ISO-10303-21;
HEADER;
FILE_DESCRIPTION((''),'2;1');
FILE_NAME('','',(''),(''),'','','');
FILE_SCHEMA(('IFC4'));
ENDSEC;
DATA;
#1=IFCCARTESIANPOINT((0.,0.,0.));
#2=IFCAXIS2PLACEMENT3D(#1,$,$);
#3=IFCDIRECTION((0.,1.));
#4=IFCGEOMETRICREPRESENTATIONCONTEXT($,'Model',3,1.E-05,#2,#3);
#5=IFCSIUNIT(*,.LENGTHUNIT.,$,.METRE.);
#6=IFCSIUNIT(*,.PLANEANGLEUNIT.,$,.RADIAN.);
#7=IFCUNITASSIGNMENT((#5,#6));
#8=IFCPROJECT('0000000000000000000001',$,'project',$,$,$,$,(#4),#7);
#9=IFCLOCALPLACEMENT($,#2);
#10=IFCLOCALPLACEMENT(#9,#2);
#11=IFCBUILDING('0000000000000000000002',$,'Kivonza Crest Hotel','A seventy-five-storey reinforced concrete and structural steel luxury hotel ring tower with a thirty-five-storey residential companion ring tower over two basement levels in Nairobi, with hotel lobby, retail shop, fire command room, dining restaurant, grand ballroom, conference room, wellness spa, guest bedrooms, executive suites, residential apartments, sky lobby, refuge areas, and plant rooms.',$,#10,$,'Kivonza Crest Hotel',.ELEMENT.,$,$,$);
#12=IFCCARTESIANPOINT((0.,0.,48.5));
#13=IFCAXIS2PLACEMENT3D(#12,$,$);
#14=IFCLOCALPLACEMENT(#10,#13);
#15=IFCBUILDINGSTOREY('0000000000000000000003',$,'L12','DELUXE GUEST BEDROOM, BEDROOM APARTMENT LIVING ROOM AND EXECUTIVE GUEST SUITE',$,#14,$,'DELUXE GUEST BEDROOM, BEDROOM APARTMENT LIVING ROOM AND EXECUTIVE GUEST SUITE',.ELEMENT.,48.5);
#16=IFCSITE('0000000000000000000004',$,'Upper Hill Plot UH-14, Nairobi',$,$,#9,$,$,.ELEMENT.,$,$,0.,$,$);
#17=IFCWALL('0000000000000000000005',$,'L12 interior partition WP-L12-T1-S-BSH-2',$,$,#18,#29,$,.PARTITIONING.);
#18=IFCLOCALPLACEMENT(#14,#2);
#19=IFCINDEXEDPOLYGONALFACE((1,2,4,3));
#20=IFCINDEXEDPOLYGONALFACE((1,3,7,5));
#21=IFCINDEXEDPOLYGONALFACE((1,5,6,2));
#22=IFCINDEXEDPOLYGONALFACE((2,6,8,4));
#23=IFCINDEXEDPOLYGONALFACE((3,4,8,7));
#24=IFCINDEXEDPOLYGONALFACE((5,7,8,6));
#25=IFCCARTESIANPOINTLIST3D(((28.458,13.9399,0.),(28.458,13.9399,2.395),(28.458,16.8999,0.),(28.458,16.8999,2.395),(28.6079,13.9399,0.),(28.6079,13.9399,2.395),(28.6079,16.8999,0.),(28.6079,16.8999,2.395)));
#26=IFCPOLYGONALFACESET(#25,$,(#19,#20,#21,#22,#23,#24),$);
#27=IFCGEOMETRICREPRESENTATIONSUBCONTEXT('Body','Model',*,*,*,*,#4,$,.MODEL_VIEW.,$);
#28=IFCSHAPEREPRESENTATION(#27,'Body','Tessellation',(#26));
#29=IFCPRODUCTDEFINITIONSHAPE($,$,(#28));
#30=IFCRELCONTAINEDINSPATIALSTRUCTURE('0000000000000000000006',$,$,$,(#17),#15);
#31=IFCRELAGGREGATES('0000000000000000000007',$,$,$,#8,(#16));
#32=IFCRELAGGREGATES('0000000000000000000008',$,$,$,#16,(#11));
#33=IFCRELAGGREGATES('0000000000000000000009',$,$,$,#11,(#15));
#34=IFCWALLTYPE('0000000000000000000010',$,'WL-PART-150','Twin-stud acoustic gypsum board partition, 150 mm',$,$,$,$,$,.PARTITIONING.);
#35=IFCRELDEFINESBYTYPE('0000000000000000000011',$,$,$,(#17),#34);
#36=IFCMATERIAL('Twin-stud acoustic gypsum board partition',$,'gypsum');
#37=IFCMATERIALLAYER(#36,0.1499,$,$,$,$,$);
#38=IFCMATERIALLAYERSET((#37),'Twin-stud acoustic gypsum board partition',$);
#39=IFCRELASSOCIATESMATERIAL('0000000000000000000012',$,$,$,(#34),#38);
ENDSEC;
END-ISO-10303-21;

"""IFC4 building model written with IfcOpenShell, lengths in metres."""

from ifc_helpers import new_model, si_unit, direction, frame, frame_2d, origin, place, context, subcontext, project, spatial, rectangle, extrude, material, layer, layer_set, type_object, element, save


model = new_model("IFC4")

# Units and contexts
model_context = context("Model", 3, precision=1e-05, world=origin(), true_north=direction((0.0, 1.0)))
body_context = subcontext(model_context, "Body", "Model", "MODEL_VIEW")
ifc_project = project(units=[si_unit("LENGTHUNIT", "METRE"), si_unit("PLANEANGLEUNIT", "RADIAN")], contexts=[model_context])

# Site, building, storey
site_placement = place(None, origin())
site = spatial("IfcSite", under=ifc_project, at=site_placement, Name="Upper Hill Plot UH-14, Nairobi", CompositionType="ELEMENT", RefElevation=0.0)
building_placement = place(site_placement, origin())
building = spatial("IfcBuilding", under=site, at=building_placement, Name="Kivonza Crest Hotel", Description="A seventy-five-storey reinforced concrete and structural steel luxury hotel ring tower with a thirty-five-storey residential companion ring tower over two basement levels in Nairobi, with hotel lobby, retail shop, fire command room, dining restaurant, grand ballroom, conference room, wellness spa, guest bedrooms, executive suites, residential apartments, sky lobby, refuge areas, and plant rooms.", LongName="Kivonza Crest Hotel", CompositionType="ELEMENT")
storey_placement = place(building_placement, frame((0.0, 0.0, 48.5)))
storey = spatial("IfcBuildingStorey", under=building, at=storey_placement, Name="L12", Description="DELUXE GUEST BEDROOM, BEDROOM APARTMENT LIVING ROOM AND EXECUTIVE GUEST SUITE", LongName="DELUXE GUEST BEDROOM, BEDROOM APARTMENT LIVING ROOM AND EXECUTIVE GUEST SUITE", CompositionType="ELEMENT", Elevation=48.5)

# Wall
ifc_material_1 = material(Name="Twin-stud acoustic gypsum board partition", Category="gypsum")
ifc_layer_1 = layer(ifc_material_1, 0.1499)
ifc_layer_set_1 = layer_set([ifc_layer_1], Name="Twin-stud acoustic gypsum board partition")
wall_type_1 = type_object("IfcWallType", Name="WL-PART-150", Description="Twin-stud acoustic gypsum board partition, 150 mm", PredefinedType="PARTITIONING", material=ifc_layer_set_1)
wall_1_placement = place(storey_placement, frame((28.533, 13.9399, 0.0), z_axis=(0.0, 0.0, 1.0), x_axis=(0.0, 1.0, 0.0)))
element("IfcWall", 1, at=wall_1_placement, inside=storey, type_object=wall_type_1, Name="L12 interior partition WP-L12-T1-S-BSH-2", PredefinedType="PARTITIONING", context=body_context, shape_type="SweptSolid", body=[
    extrude(rectangle(XDim=2.96, YDim=0.1499, at=frame_2d((1.48, 0.0))), origin(), (0.0, 0.0, 1.0), 2.395),
])

save(model, "model.ifc")
